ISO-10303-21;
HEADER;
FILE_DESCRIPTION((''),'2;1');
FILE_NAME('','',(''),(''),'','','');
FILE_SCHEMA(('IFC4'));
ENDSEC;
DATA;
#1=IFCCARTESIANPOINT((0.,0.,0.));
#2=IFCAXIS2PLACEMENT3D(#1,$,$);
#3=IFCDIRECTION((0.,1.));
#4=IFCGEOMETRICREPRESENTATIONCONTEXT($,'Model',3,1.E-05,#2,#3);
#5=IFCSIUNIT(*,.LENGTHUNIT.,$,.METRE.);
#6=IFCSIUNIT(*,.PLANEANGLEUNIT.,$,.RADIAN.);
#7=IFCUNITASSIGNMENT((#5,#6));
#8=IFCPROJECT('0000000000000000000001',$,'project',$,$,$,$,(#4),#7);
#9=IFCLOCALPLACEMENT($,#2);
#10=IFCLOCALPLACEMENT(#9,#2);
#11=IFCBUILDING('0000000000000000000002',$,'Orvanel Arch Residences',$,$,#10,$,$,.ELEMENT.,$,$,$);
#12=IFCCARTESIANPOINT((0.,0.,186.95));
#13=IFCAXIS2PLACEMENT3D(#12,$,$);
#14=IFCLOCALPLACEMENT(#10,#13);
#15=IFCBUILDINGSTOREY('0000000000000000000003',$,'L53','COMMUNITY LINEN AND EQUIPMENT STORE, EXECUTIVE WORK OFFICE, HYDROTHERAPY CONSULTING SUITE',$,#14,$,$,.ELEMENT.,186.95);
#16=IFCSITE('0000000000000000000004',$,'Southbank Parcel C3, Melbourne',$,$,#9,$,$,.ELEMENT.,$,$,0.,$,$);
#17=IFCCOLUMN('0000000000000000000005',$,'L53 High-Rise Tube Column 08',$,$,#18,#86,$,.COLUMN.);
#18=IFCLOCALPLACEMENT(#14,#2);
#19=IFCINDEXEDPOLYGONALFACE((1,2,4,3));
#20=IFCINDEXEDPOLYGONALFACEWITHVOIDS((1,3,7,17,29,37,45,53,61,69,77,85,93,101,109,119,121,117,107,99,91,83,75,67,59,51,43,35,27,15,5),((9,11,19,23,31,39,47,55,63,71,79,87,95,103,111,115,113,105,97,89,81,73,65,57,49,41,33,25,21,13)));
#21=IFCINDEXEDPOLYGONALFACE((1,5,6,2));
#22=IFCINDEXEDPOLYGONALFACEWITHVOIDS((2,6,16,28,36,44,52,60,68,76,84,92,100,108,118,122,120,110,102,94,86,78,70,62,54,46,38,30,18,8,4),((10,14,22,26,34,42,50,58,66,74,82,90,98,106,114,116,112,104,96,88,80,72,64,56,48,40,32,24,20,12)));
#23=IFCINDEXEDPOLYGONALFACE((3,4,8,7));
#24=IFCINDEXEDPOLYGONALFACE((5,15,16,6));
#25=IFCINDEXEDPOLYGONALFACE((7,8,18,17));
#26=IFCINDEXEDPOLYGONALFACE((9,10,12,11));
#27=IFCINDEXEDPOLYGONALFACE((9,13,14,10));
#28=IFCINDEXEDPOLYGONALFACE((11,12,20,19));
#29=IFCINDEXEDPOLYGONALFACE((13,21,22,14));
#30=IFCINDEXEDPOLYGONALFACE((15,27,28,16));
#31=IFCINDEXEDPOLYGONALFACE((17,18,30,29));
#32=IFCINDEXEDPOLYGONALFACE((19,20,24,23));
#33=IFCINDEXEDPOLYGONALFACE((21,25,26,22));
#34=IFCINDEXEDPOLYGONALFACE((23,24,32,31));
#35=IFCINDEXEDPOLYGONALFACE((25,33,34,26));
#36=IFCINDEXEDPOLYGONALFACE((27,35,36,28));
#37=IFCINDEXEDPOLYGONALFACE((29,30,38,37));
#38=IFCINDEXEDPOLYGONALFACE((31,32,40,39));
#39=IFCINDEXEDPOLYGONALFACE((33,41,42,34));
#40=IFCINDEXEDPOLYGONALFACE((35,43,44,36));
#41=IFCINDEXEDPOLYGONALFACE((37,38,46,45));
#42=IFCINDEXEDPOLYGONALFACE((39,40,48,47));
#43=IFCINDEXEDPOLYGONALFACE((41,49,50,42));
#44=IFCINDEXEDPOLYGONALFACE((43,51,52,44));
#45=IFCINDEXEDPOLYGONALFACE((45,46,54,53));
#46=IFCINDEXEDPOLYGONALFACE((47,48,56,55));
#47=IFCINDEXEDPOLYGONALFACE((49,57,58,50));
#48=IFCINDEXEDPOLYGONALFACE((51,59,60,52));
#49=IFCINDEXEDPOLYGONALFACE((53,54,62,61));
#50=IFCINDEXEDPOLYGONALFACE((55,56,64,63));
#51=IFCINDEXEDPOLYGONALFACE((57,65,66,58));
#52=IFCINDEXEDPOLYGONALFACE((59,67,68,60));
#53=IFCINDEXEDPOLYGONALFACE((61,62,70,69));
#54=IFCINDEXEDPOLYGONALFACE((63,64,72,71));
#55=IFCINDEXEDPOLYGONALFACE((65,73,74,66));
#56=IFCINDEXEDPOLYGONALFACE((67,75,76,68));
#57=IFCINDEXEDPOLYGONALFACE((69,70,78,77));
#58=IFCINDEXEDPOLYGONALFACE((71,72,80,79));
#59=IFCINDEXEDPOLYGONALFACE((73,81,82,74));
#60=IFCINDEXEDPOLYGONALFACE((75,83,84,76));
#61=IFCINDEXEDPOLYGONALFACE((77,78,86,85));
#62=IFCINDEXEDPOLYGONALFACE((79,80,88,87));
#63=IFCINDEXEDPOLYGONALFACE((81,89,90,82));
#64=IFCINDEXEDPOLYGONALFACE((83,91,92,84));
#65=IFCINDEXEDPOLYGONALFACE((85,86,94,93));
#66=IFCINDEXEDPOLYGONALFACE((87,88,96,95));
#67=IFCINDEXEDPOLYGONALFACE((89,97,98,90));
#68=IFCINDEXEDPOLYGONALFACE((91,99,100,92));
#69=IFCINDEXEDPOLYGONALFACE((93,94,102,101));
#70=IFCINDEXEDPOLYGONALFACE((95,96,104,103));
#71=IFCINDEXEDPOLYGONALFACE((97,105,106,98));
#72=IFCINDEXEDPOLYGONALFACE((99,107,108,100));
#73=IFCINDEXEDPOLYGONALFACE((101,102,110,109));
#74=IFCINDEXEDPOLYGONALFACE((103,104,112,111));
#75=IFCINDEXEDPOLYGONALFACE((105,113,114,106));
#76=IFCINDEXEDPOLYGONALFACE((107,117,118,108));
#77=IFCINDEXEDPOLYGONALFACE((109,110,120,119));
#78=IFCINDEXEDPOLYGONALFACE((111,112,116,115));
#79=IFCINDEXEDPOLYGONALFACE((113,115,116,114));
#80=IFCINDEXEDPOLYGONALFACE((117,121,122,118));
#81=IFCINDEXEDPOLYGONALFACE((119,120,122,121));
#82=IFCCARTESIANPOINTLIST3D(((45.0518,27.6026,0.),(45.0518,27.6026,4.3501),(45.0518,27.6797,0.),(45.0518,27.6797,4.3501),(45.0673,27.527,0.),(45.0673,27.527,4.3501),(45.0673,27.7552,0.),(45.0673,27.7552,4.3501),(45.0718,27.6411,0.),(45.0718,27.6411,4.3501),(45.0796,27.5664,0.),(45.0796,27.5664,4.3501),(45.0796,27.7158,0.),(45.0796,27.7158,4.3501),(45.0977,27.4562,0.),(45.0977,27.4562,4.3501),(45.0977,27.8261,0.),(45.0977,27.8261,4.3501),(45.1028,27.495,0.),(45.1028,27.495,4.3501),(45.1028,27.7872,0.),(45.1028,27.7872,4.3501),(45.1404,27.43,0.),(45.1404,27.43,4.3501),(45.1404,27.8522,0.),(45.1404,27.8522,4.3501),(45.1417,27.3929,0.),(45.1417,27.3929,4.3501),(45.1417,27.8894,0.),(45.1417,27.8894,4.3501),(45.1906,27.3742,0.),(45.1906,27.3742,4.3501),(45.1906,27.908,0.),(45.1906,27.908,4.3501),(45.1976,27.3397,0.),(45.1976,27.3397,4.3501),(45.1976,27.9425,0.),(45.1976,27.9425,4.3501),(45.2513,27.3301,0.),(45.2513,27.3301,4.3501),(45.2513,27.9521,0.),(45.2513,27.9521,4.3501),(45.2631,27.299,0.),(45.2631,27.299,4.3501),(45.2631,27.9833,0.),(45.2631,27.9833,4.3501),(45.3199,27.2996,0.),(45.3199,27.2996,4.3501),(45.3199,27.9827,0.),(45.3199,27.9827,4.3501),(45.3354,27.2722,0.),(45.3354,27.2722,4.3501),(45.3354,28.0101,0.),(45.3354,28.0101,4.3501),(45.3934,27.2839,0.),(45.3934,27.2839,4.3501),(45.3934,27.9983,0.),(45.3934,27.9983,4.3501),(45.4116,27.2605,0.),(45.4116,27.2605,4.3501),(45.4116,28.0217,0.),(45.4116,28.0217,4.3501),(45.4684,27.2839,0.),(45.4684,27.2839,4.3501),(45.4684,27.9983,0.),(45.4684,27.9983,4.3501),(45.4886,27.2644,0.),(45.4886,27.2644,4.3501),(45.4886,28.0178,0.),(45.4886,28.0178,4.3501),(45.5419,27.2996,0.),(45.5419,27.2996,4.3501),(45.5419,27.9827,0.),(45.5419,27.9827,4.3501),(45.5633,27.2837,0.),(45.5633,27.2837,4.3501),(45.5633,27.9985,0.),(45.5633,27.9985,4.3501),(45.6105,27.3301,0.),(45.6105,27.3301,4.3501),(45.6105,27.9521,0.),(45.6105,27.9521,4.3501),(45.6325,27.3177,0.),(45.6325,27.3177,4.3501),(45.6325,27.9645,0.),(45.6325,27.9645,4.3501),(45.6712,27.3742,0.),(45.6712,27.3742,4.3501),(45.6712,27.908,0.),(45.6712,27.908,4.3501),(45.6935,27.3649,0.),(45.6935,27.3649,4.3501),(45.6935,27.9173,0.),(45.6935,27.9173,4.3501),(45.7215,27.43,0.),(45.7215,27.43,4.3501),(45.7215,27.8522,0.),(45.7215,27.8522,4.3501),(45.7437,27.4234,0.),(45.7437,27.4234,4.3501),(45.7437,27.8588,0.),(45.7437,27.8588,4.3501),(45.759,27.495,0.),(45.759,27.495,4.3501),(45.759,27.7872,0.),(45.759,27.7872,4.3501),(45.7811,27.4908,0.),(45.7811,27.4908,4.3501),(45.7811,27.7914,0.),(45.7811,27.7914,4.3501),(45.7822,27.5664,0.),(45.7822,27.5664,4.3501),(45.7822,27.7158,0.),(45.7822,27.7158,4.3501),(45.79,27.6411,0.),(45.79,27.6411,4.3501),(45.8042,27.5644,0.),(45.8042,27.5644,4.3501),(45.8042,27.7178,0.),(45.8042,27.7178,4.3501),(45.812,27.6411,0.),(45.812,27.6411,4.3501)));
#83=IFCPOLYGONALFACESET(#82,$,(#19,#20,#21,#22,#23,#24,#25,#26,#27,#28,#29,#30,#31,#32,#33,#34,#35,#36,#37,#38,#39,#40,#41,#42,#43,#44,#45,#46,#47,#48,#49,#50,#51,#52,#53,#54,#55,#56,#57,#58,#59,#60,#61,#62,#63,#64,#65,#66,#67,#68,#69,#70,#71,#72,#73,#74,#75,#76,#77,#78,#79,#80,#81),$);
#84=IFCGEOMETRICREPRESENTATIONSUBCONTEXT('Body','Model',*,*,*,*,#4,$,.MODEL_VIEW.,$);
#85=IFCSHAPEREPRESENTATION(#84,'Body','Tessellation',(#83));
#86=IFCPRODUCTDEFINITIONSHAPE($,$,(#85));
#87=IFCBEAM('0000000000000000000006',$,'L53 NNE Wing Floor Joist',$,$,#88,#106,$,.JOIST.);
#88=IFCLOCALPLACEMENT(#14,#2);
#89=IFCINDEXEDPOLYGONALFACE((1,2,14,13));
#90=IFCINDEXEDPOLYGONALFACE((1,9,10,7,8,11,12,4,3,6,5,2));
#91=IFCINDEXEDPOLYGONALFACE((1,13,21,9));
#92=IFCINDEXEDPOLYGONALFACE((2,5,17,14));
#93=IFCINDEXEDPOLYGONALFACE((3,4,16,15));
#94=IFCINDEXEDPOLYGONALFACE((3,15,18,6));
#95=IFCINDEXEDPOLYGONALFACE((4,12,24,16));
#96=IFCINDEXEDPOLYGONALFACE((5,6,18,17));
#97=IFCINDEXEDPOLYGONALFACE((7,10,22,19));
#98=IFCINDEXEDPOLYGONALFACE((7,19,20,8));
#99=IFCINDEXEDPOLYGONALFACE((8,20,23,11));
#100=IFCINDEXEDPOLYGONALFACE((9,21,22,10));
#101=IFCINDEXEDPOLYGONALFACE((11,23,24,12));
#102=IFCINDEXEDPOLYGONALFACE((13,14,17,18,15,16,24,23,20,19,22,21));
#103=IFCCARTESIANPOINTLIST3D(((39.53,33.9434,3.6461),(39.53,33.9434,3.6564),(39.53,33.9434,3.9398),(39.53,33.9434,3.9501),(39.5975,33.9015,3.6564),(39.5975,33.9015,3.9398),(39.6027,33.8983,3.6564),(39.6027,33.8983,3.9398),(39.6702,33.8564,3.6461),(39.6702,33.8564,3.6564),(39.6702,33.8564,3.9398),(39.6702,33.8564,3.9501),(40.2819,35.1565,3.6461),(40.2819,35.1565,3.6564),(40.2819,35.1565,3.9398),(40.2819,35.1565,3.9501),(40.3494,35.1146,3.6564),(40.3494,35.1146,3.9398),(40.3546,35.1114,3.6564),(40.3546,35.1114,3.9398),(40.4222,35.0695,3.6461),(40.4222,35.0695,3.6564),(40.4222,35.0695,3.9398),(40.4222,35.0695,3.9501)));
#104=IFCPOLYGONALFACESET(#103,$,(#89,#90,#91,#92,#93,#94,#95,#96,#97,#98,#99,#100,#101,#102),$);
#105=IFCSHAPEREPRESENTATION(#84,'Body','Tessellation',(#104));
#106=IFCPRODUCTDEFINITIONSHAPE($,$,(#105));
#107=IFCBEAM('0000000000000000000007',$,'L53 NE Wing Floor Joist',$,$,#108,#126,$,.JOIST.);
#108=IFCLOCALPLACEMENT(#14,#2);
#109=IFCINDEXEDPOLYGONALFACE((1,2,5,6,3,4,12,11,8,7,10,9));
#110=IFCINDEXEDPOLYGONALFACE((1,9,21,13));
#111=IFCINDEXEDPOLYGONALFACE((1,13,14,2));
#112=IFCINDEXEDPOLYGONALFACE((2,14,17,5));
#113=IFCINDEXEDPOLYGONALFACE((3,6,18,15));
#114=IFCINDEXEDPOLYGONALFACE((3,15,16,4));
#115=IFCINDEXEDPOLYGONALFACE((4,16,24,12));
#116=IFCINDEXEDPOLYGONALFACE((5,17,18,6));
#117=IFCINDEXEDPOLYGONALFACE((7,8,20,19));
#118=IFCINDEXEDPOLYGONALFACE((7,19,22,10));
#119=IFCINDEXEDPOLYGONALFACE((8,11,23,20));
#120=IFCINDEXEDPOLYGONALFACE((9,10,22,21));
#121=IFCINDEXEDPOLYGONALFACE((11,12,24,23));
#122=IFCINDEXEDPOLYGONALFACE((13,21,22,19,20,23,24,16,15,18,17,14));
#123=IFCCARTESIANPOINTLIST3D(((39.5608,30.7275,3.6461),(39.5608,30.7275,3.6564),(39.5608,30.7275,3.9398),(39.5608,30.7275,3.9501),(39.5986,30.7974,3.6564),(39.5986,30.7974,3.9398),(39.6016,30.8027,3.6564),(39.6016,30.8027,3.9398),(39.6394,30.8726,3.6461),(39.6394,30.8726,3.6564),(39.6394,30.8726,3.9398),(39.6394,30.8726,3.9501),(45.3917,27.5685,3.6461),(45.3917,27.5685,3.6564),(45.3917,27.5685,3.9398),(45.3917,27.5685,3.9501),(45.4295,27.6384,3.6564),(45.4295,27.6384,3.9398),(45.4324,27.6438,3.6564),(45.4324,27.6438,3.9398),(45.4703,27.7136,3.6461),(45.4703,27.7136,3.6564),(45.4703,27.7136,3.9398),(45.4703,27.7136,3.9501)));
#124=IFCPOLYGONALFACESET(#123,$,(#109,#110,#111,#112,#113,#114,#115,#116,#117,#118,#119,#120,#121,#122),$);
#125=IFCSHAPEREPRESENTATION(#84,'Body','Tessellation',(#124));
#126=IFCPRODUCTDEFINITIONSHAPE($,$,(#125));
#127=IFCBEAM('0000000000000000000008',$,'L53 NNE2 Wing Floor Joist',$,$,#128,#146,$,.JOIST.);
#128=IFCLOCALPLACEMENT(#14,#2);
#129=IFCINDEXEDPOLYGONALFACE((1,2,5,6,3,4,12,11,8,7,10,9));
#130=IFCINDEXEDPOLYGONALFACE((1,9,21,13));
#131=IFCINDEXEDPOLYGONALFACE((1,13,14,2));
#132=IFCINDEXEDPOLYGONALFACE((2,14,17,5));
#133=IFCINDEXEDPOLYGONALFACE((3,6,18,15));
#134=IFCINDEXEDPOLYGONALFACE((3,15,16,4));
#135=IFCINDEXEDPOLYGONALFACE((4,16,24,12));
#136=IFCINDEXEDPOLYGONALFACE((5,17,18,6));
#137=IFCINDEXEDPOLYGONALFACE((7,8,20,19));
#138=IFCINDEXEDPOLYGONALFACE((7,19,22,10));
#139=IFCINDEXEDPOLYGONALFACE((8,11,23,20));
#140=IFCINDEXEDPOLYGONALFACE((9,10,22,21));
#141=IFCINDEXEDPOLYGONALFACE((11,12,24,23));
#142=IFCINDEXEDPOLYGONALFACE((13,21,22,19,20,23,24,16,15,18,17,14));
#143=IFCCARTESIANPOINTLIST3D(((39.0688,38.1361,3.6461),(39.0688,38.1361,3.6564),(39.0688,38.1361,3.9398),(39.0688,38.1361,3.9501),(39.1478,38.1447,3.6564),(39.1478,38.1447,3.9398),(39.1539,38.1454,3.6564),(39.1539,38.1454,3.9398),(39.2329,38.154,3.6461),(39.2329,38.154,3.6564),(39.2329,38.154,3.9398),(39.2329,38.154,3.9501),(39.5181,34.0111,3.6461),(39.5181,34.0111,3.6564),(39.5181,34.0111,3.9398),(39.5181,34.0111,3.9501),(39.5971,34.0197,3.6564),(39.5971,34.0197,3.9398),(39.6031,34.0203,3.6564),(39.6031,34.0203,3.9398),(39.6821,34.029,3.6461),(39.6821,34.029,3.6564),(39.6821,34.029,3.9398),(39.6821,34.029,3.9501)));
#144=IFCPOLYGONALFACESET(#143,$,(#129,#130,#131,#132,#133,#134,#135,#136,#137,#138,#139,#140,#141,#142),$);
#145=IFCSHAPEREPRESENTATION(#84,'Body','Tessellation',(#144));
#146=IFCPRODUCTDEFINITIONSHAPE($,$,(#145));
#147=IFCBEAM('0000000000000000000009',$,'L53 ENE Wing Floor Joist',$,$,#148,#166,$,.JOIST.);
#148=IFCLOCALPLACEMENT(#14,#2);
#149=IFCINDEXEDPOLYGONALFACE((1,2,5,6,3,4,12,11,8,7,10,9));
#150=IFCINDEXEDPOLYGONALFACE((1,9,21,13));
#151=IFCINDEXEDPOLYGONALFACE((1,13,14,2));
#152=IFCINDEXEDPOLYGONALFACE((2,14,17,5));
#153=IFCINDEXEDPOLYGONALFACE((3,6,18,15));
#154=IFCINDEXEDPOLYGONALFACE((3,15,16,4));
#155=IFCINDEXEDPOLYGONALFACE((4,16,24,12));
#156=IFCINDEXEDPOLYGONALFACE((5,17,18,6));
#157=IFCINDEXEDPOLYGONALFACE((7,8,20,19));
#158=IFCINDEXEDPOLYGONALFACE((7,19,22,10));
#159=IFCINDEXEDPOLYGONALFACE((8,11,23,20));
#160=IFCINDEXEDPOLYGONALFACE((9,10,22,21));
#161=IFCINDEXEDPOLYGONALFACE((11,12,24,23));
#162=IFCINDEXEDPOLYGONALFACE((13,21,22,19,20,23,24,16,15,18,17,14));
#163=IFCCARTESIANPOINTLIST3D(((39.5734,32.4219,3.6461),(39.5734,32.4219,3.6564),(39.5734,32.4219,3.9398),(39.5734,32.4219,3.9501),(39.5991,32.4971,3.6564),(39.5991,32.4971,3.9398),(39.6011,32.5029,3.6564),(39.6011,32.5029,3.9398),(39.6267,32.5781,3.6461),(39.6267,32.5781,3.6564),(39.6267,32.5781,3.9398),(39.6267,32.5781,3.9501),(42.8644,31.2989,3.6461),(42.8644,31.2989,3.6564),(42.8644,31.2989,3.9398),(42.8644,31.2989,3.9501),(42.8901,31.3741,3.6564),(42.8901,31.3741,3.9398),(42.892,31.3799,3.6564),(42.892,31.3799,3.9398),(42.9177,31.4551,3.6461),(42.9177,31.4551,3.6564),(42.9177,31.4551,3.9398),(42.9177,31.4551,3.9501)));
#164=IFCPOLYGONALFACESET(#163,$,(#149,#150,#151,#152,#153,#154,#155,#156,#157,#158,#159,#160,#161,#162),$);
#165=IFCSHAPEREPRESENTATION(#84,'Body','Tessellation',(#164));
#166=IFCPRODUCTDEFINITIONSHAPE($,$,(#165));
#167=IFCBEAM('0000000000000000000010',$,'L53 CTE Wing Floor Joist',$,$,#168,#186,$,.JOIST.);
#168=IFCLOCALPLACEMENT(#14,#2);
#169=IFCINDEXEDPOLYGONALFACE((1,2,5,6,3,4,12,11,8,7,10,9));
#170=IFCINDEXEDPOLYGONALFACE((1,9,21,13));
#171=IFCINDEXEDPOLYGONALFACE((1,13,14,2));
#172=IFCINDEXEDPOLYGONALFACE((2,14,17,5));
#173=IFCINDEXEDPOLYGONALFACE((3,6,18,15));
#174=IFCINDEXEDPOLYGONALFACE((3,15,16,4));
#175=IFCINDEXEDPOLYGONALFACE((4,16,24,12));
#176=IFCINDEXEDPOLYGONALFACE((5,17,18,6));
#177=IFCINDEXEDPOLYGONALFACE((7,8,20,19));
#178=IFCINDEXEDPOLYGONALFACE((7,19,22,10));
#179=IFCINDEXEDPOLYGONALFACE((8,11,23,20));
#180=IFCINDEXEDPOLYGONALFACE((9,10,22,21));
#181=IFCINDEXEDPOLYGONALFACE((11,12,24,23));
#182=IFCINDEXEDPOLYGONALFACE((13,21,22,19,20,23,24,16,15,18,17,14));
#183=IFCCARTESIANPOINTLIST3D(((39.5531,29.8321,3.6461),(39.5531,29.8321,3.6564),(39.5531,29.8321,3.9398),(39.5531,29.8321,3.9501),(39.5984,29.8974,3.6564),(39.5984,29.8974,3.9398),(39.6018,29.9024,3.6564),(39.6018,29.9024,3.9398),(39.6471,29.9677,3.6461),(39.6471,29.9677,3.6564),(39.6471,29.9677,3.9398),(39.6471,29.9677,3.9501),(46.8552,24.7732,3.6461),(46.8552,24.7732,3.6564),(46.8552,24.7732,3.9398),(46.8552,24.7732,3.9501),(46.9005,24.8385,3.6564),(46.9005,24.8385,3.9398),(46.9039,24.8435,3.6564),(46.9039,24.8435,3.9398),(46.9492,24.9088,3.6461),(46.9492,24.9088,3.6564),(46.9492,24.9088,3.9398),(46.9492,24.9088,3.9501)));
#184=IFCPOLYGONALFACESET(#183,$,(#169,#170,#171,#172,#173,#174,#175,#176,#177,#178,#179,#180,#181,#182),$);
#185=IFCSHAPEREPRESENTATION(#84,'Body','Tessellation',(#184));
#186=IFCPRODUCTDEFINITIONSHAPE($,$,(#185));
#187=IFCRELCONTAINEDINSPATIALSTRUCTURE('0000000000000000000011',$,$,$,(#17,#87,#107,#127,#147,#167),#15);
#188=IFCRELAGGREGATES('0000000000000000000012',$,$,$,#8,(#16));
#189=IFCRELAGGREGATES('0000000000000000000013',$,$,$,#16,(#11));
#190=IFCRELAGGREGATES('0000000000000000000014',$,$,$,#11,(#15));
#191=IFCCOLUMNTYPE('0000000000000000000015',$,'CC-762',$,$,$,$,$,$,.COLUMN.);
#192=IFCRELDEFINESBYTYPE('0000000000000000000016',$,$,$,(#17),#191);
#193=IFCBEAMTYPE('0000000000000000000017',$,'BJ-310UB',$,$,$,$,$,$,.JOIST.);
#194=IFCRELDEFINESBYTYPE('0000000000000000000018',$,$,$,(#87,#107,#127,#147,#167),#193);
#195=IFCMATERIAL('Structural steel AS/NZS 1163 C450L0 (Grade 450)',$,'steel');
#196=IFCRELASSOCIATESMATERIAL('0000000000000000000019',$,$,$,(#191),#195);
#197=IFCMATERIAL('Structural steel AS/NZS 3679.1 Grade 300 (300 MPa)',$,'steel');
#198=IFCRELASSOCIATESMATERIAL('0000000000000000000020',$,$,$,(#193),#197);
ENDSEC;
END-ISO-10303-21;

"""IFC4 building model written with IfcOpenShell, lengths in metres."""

from ifc_helpers import new_model, si_unit, direction, frame, origin, origin_2d, place, context, subcontext, project, spatial, hollow_circle, i_section, extrude, material, material_profile, profile_set, type_object, element, save


model = new_model("IFC4")

# Units and contexts
model_context = context("Model", 3, precision=1e-05, world=origin(), true_north=direction((0.0, 1.0)))
body_context = subcontext(model_context, "Body", "Model", "MODEL_VIEW")
ifc_project = project(units=[si_unit("LENGTHUNIT", "METRE"), si_unit("PLANEANGLEUNIT", "RADIAN")], contexts=[model_context])

# Site, building, storey
site_placement = place(None, origin())
site = spatial("IfcSite", under=ifc_project, at=site_placement, Name="Southbank Parcel C3, Melbourne", CompositionType="ELEMENT", RefElevation=0.0)
building_placement = place(site_placement, origin())
building = spatial("IfcBuilding", under=site, at=building_placement, Name="Orvanel Arch Residences", CompositionType="ELEMENT")
storey_placement = place(building_placement, frame((0.0, 0.0, 186.95)))
storey = spatial("IfcBuildingStorey", under=building, at=storey_placement, Name="L53", Description="COMMUNITY LINEN AND EQUIPMENT STORE, EXECUTIVE WORK OFFICE, HYDROTHERAPY CONSULTING SUITE", CompositionType="ELEMENT", Elevation=186.95)

# Column
ifc_material_1 = material(Name="Structural steel AS/NZS 1163 C450L0 (Grade 450)", Category="steel")
ifc_material_profile_1 = material_profile(ifc_material_1, hollow_circle(Radius=0.3811, WallThickness=0.022, at=origin_2d()), Name="CHS762x22")
ifc_profile_set_1 = profile_set([ifc_material_profile_1], Name="Structural steel AS/NZS 1163 C450L0 (Grade 450)")
column_type = type_object("IfcColumnType", Name="CC-762", PredefinedType="COLUMN", material=ifc_profile_set_1)
column_placement = place(storey_placement, frame((45.4309, 27.6411, 0.0), z_axis=(0.0, 0.0, 1.0), x_axis=(1.0, 0.0, 0.0)))
element("IfcColumn", 1, at=column_placement, inside=storey, type_object=column_type, Name="L53 High-Rise Tube Column 08", PredefinedType="COLUMN", context=body_context, shape_type="SweptSolid", body=[
    extrude(hollow_circle(Radius=0.3811, WallThickness=0.022, at=origin_2d()), origin(), (0.0, 0.0, 1.0), 4.3501),
])

# Beams
ifc_material_2 = material(Name="Structural steel AS/NZS 3679.1 Grade 300 (300 MPa)", Category="steel")
ifc_material_profile_2 = material_profile(ifc_material_2, i_section(OverallWidth=0.165, OverallDepth=0.304, WebThickness=0.0061, FlangeThickness=0.0103, at=origin_2d()), Name="310UB40.4")
ifc_profile_set_2 = profile_set([ifc_material_profile_2], Name="Structural steel AS/NZS 3679.1 Grade 300 (300 MPa)")
beam_type_1 = type_object("IfcBeamType", Name="BJ-310UB", PredefinedType="JOIST", material=ifc_profile_set_2)
beam_1_placement = place(storey_placement, frame((39.6001, 33.8999, 3.7981), z_axis=(0.526843, 0.849962, 0.0), x_axis=(-0.849962, 0.526843, 0.0)))
element("IfcBeam", 2, at=beam_1_placement, inside=storey, type_object=beam_type_1, Name="L53 NNE Wing Floor Joist", PredefinedType="JOIST", context=body_context, shape_type="SweptSolid", body=[
    extrude(i_section(OverallWidth=0.165, OverallDepth=0.304, WebThickness=0.0061, FlangeThickness=0.0103, at=origin_2d()), origin(), (0.0, 0.0, 1.0), 1.4272),
])
beam_2_placement = place(storey_placement, frame((39.6001, 30.8, 3.7981), z_axis=(0.879255, -0.476351, 0.0), x_axis=(0.476351, 0.879255, 0.0)))
element("IfcBeam", 3, at=beam_2_placement, inside=storey, type_object=beam_type_1, Name="L53 NE Wing Floor Joist", PredefinedType="JOIST", context=body_context, shape_type="SweptSolid", body=[
    extrude(i_section(OverallWidth=0.165, OverallDepth=0.304, WebThickness=0.0061, FlangeThickness=0.0103, at=origin_2d()), origin(), (0.0, 0.0, 1.0), 6.6316),
])
beam_3_placement = place(storey_placement, frame((39.6001, 34.02, 3.7981), z_axis=(-0.108261, 0.994122, 0.0), x_axis=(-0.994122, -0.108261, 0.0)))
element("IfcBeam", 4, at=beam_3_placement, inside=storey, type_object=beam_type_1, Name="L53 NNE2 Wing Floor Joist", PredefinedType="JOIST", context=body_context, shape_type="SweptSolid", body=[
    extrude(i_section(OverallWidth=0.165, OverallDepth=0.304, WebThickness=0.0061, FlangeThickness=0.0103, at=origin_2d()), origin(), (0.0, 0.0, 1.0), 4.1494),
])
beam_4_placement = place(storey_placement, frame((39.6001, 32.5, 3.7981), z_axis=(0.946413, -0.32296, 0.0), x_axis=(0.32296, 0.946413, 0.0)))
element("IfcBeam", 5, at=beam_4_placement, inside=storey, type_object=beam_type_1, Name="L53 ENE Wing Floor Joist", PredefinedType="JOIST", context=body_context, shape_type="SweptSolid", body=[
    extrude(i_section(OverallWidth=0.165, OverallDepth=0.304, WebThickness=0.0061, FlangeThickness=0.0103, at=origin_2d()), origin(), (0.0, 0.0, 1.0), 3.4773),
])
beam_5_placement = place(storey_placement, frame((39.6001, 29.8999, 3.7981), z_axis=(0.822002, -0.569484, 0.0), x_axis=(0.569484, 0.822002, 0.0)))
element("IfcBeam", 6, at=beam_5_placement, inside=storey, type_object=beam_type_1, Name="L53 CTE Wing Floor Joist", PredefinedType="JOIST", context=body_context, shape_type="SweptSolid", body=[
    extrude(i_section(OverallWidth=0.165, OverallDepth=0.304, WebThickness=0.0061, FlangeThickness=0.0103, at=origin_2d()), origin(), (0.0, 0.0, 1.0), 8.8833),
])

save(model, "model.ifc")
